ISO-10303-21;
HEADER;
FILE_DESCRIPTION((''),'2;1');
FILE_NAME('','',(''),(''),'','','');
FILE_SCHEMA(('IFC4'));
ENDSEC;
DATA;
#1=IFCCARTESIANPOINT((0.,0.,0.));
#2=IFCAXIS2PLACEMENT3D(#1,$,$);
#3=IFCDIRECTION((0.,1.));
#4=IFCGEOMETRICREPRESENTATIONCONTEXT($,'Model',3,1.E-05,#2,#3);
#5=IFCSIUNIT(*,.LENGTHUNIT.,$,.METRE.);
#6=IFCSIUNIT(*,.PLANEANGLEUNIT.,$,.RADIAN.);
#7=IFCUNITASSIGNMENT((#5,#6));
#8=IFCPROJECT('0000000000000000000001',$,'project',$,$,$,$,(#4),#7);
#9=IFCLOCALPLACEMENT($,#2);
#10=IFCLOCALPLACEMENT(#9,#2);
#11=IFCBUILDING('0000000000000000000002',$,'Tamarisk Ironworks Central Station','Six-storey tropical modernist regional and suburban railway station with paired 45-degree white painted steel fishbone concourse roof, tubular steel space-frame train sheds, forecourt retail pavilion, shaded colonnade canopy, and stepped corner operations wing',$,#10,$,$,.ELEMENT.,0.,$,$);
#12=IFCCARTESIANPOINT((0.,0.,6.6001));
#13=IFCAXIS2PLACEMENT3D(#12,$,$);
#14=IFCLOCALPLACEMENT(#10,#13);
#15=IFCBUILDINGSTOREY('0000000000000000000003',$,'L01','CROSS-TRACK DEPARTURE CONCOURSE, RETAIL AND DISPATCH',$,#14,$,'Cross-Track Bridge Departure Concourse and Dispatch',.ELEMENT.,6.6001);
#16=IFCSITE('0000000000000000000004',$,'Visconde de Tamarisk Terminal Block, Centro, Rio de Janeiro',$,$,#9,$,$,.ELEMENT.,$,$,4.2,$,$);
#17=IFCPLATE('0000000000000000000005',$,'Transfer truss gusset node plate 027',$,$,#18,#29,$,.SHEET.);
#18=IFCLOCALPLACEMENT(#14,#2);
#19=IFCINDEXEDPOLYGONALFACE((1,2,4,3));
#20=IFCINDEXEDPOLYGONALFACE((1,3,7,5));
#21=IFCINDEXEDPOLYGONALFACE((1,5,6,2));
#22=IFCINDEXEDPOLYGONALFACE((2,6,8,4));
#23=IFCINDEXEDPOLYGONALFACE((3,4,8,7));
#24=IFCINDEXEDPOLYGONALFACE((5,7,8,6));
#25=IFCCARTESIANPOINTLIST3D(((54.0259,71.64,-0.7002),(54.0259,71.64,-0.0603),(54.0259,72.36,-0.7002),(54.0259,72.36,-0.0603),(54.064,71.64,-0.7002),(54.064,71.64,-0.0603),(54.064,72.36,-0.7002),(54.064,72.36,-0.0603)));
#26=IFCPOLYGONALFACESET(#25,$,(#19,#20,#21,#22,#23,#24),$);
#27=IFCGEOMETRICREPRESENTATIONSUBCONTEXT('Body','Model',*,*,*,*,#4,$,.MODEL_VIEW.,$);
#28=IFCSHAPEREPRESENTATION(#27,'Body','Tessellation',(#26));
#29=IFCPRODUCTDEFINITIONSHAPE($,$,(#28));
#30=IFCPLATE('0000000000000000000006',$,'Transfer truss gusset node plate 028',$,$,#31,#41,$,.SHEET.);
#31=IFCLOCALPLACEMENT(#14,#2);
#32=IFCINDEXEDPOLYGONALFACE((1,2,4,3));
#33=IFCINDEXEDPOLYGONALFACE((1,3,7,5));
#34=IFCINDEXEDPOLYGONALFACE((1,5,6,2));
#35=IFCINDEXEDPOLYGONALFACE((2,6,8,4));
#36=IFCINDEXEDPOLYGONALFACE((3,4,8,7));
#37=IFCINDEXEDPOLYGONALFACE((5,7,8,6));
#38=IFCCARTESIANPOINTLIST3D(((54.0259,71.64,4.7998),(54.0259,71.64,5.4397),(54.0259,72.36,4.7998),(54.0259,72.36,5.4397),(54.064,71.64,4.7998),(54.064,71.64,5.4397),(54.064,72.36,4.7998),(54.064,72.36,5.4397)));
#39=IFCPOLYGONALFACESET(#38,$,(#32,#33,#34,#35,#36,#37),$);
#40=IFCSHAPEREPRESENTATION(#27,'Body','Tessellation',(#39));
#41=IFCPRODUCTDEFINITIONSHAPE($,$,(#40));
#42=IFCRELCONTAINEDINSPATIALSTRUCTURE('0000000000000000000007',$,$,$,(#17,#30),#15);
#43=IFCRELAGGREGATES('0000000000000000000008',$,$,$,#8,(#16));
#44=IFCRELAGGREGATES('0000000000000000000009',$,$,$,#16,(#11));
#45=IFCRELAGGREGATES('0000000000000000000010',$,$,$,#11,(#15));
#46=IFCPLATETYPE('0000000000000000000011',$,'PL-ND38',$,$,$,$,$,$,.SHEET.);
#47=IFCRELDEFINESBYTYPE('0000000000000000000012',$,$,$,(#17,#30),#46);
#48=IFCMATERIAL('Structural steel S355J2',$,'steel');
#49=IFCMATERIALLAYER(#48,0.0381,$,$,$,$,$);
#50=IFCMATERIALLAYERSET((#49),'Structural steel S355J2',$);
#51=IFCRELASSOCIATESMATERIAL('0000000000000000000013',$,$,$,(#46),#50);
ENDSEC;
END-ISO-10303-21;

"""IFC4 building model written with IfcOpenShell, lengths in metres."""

from ifc_helpers import new_model, si_unit, direction, frame, origin, origin_2d, place, context, subcontext, project, spatial, rectangle, extrude, material, layer, layer_set, type_object, element, save


model = new_model("IFC4")

# Units and contexts
model_context = context("Model", 3, precision=1e-05, world=origin(), true_north=direction((0.0, 1.0)))
body_context = subcontext(model_context, "Body", "Model", "MODEL_VIEW")
ifc_project = project(units=[si_unit("LENGTHUNIT", "METRE"), si_unit("PLANEANGLEUNIT", "RADIAN")], contexts=[model_context])

# Site, building, storey
site_placement = place(None, origin())
site = spatial("IfcSite", under=ifc_project, at=site_placement, Name="Visconde de Tamarisk Terminal Block, Centro, Rio de Janeiro", CompositionType="ELEMENT", RefElevation=4.2)
building_placement = place(site_placement, origin())
building = spatial("IfcBuilding", under=site, at=building_placement, Name="Tamarisk Ironworks Central Station", Description="Six-storey tropical modernist regional and suburban railway station with paired 45-degree white painted steel fishbone concourse roof, tubular steel space-frame train sheds, forecourt retail pavilion, shaded colonnade canopy, and stepped corner operations wing", CompositionType="ELEMENT", ElevationOfRefHeight=0.0)
storey_placement = place(building_placement, frame((0.0, 0.0, 6.6001)))
storey = spatial("IfcBuildingStorey", under=building, at=storey_placement, Name="L01", Description="CROSS-TRACK DEPARTURE CONCOURSE, RETAIL AND DISPATCH", LongName="Cross-Track Bridge Departure Concourse and Dispatch", CompositionType="ELEMENT", Elevation=6.6001)

# Shared definitions
ifc_material_1 = material(Name="Structural steel S355J2", Category="steel")

# Plates
ifc_layer_1 = layer(ifc_material_1, 0.0381)
ifc_layer_set_1 = layer_set([ifc_layer_1], Name="Structural steel S355J2")
plate_type_1 = type_object("IfcPlateType", Name="PL-ND38", PredefinedType="SHEET", material=ifc_layer_set_1)
for number, where, z_axis, x_axis, name in (
    (1, (54.0449, 72.0, -0.7002), (0.0, 0.0, 1.0), (1.0, 0.0, 0.0), "Transfer truss gusset node plate 027"),
    (2, (54.0449, 72.0, 4.7998), (0.0, 0.0, 1.0), (1.0, 0.0, 0.0), "Transfer truss gusset node plate 028"),
):
    element("IfcPlate", number, at=place(storey_placement, frame(where, z_axis=z_axis, x_axis=x_axis)), inside=storey, type_object=plate_type_1, Name=name, PredefinedType="SHEET", context=body_context, shape_type="SweptSolid", body=[
        extrude(rectangle(XDim=0.0381, YDim=0.72, at=origin_2d()), origin(), (0.0, 0.0, 1.0), 0.6399),
    ])

save(model, "model.ifc")
